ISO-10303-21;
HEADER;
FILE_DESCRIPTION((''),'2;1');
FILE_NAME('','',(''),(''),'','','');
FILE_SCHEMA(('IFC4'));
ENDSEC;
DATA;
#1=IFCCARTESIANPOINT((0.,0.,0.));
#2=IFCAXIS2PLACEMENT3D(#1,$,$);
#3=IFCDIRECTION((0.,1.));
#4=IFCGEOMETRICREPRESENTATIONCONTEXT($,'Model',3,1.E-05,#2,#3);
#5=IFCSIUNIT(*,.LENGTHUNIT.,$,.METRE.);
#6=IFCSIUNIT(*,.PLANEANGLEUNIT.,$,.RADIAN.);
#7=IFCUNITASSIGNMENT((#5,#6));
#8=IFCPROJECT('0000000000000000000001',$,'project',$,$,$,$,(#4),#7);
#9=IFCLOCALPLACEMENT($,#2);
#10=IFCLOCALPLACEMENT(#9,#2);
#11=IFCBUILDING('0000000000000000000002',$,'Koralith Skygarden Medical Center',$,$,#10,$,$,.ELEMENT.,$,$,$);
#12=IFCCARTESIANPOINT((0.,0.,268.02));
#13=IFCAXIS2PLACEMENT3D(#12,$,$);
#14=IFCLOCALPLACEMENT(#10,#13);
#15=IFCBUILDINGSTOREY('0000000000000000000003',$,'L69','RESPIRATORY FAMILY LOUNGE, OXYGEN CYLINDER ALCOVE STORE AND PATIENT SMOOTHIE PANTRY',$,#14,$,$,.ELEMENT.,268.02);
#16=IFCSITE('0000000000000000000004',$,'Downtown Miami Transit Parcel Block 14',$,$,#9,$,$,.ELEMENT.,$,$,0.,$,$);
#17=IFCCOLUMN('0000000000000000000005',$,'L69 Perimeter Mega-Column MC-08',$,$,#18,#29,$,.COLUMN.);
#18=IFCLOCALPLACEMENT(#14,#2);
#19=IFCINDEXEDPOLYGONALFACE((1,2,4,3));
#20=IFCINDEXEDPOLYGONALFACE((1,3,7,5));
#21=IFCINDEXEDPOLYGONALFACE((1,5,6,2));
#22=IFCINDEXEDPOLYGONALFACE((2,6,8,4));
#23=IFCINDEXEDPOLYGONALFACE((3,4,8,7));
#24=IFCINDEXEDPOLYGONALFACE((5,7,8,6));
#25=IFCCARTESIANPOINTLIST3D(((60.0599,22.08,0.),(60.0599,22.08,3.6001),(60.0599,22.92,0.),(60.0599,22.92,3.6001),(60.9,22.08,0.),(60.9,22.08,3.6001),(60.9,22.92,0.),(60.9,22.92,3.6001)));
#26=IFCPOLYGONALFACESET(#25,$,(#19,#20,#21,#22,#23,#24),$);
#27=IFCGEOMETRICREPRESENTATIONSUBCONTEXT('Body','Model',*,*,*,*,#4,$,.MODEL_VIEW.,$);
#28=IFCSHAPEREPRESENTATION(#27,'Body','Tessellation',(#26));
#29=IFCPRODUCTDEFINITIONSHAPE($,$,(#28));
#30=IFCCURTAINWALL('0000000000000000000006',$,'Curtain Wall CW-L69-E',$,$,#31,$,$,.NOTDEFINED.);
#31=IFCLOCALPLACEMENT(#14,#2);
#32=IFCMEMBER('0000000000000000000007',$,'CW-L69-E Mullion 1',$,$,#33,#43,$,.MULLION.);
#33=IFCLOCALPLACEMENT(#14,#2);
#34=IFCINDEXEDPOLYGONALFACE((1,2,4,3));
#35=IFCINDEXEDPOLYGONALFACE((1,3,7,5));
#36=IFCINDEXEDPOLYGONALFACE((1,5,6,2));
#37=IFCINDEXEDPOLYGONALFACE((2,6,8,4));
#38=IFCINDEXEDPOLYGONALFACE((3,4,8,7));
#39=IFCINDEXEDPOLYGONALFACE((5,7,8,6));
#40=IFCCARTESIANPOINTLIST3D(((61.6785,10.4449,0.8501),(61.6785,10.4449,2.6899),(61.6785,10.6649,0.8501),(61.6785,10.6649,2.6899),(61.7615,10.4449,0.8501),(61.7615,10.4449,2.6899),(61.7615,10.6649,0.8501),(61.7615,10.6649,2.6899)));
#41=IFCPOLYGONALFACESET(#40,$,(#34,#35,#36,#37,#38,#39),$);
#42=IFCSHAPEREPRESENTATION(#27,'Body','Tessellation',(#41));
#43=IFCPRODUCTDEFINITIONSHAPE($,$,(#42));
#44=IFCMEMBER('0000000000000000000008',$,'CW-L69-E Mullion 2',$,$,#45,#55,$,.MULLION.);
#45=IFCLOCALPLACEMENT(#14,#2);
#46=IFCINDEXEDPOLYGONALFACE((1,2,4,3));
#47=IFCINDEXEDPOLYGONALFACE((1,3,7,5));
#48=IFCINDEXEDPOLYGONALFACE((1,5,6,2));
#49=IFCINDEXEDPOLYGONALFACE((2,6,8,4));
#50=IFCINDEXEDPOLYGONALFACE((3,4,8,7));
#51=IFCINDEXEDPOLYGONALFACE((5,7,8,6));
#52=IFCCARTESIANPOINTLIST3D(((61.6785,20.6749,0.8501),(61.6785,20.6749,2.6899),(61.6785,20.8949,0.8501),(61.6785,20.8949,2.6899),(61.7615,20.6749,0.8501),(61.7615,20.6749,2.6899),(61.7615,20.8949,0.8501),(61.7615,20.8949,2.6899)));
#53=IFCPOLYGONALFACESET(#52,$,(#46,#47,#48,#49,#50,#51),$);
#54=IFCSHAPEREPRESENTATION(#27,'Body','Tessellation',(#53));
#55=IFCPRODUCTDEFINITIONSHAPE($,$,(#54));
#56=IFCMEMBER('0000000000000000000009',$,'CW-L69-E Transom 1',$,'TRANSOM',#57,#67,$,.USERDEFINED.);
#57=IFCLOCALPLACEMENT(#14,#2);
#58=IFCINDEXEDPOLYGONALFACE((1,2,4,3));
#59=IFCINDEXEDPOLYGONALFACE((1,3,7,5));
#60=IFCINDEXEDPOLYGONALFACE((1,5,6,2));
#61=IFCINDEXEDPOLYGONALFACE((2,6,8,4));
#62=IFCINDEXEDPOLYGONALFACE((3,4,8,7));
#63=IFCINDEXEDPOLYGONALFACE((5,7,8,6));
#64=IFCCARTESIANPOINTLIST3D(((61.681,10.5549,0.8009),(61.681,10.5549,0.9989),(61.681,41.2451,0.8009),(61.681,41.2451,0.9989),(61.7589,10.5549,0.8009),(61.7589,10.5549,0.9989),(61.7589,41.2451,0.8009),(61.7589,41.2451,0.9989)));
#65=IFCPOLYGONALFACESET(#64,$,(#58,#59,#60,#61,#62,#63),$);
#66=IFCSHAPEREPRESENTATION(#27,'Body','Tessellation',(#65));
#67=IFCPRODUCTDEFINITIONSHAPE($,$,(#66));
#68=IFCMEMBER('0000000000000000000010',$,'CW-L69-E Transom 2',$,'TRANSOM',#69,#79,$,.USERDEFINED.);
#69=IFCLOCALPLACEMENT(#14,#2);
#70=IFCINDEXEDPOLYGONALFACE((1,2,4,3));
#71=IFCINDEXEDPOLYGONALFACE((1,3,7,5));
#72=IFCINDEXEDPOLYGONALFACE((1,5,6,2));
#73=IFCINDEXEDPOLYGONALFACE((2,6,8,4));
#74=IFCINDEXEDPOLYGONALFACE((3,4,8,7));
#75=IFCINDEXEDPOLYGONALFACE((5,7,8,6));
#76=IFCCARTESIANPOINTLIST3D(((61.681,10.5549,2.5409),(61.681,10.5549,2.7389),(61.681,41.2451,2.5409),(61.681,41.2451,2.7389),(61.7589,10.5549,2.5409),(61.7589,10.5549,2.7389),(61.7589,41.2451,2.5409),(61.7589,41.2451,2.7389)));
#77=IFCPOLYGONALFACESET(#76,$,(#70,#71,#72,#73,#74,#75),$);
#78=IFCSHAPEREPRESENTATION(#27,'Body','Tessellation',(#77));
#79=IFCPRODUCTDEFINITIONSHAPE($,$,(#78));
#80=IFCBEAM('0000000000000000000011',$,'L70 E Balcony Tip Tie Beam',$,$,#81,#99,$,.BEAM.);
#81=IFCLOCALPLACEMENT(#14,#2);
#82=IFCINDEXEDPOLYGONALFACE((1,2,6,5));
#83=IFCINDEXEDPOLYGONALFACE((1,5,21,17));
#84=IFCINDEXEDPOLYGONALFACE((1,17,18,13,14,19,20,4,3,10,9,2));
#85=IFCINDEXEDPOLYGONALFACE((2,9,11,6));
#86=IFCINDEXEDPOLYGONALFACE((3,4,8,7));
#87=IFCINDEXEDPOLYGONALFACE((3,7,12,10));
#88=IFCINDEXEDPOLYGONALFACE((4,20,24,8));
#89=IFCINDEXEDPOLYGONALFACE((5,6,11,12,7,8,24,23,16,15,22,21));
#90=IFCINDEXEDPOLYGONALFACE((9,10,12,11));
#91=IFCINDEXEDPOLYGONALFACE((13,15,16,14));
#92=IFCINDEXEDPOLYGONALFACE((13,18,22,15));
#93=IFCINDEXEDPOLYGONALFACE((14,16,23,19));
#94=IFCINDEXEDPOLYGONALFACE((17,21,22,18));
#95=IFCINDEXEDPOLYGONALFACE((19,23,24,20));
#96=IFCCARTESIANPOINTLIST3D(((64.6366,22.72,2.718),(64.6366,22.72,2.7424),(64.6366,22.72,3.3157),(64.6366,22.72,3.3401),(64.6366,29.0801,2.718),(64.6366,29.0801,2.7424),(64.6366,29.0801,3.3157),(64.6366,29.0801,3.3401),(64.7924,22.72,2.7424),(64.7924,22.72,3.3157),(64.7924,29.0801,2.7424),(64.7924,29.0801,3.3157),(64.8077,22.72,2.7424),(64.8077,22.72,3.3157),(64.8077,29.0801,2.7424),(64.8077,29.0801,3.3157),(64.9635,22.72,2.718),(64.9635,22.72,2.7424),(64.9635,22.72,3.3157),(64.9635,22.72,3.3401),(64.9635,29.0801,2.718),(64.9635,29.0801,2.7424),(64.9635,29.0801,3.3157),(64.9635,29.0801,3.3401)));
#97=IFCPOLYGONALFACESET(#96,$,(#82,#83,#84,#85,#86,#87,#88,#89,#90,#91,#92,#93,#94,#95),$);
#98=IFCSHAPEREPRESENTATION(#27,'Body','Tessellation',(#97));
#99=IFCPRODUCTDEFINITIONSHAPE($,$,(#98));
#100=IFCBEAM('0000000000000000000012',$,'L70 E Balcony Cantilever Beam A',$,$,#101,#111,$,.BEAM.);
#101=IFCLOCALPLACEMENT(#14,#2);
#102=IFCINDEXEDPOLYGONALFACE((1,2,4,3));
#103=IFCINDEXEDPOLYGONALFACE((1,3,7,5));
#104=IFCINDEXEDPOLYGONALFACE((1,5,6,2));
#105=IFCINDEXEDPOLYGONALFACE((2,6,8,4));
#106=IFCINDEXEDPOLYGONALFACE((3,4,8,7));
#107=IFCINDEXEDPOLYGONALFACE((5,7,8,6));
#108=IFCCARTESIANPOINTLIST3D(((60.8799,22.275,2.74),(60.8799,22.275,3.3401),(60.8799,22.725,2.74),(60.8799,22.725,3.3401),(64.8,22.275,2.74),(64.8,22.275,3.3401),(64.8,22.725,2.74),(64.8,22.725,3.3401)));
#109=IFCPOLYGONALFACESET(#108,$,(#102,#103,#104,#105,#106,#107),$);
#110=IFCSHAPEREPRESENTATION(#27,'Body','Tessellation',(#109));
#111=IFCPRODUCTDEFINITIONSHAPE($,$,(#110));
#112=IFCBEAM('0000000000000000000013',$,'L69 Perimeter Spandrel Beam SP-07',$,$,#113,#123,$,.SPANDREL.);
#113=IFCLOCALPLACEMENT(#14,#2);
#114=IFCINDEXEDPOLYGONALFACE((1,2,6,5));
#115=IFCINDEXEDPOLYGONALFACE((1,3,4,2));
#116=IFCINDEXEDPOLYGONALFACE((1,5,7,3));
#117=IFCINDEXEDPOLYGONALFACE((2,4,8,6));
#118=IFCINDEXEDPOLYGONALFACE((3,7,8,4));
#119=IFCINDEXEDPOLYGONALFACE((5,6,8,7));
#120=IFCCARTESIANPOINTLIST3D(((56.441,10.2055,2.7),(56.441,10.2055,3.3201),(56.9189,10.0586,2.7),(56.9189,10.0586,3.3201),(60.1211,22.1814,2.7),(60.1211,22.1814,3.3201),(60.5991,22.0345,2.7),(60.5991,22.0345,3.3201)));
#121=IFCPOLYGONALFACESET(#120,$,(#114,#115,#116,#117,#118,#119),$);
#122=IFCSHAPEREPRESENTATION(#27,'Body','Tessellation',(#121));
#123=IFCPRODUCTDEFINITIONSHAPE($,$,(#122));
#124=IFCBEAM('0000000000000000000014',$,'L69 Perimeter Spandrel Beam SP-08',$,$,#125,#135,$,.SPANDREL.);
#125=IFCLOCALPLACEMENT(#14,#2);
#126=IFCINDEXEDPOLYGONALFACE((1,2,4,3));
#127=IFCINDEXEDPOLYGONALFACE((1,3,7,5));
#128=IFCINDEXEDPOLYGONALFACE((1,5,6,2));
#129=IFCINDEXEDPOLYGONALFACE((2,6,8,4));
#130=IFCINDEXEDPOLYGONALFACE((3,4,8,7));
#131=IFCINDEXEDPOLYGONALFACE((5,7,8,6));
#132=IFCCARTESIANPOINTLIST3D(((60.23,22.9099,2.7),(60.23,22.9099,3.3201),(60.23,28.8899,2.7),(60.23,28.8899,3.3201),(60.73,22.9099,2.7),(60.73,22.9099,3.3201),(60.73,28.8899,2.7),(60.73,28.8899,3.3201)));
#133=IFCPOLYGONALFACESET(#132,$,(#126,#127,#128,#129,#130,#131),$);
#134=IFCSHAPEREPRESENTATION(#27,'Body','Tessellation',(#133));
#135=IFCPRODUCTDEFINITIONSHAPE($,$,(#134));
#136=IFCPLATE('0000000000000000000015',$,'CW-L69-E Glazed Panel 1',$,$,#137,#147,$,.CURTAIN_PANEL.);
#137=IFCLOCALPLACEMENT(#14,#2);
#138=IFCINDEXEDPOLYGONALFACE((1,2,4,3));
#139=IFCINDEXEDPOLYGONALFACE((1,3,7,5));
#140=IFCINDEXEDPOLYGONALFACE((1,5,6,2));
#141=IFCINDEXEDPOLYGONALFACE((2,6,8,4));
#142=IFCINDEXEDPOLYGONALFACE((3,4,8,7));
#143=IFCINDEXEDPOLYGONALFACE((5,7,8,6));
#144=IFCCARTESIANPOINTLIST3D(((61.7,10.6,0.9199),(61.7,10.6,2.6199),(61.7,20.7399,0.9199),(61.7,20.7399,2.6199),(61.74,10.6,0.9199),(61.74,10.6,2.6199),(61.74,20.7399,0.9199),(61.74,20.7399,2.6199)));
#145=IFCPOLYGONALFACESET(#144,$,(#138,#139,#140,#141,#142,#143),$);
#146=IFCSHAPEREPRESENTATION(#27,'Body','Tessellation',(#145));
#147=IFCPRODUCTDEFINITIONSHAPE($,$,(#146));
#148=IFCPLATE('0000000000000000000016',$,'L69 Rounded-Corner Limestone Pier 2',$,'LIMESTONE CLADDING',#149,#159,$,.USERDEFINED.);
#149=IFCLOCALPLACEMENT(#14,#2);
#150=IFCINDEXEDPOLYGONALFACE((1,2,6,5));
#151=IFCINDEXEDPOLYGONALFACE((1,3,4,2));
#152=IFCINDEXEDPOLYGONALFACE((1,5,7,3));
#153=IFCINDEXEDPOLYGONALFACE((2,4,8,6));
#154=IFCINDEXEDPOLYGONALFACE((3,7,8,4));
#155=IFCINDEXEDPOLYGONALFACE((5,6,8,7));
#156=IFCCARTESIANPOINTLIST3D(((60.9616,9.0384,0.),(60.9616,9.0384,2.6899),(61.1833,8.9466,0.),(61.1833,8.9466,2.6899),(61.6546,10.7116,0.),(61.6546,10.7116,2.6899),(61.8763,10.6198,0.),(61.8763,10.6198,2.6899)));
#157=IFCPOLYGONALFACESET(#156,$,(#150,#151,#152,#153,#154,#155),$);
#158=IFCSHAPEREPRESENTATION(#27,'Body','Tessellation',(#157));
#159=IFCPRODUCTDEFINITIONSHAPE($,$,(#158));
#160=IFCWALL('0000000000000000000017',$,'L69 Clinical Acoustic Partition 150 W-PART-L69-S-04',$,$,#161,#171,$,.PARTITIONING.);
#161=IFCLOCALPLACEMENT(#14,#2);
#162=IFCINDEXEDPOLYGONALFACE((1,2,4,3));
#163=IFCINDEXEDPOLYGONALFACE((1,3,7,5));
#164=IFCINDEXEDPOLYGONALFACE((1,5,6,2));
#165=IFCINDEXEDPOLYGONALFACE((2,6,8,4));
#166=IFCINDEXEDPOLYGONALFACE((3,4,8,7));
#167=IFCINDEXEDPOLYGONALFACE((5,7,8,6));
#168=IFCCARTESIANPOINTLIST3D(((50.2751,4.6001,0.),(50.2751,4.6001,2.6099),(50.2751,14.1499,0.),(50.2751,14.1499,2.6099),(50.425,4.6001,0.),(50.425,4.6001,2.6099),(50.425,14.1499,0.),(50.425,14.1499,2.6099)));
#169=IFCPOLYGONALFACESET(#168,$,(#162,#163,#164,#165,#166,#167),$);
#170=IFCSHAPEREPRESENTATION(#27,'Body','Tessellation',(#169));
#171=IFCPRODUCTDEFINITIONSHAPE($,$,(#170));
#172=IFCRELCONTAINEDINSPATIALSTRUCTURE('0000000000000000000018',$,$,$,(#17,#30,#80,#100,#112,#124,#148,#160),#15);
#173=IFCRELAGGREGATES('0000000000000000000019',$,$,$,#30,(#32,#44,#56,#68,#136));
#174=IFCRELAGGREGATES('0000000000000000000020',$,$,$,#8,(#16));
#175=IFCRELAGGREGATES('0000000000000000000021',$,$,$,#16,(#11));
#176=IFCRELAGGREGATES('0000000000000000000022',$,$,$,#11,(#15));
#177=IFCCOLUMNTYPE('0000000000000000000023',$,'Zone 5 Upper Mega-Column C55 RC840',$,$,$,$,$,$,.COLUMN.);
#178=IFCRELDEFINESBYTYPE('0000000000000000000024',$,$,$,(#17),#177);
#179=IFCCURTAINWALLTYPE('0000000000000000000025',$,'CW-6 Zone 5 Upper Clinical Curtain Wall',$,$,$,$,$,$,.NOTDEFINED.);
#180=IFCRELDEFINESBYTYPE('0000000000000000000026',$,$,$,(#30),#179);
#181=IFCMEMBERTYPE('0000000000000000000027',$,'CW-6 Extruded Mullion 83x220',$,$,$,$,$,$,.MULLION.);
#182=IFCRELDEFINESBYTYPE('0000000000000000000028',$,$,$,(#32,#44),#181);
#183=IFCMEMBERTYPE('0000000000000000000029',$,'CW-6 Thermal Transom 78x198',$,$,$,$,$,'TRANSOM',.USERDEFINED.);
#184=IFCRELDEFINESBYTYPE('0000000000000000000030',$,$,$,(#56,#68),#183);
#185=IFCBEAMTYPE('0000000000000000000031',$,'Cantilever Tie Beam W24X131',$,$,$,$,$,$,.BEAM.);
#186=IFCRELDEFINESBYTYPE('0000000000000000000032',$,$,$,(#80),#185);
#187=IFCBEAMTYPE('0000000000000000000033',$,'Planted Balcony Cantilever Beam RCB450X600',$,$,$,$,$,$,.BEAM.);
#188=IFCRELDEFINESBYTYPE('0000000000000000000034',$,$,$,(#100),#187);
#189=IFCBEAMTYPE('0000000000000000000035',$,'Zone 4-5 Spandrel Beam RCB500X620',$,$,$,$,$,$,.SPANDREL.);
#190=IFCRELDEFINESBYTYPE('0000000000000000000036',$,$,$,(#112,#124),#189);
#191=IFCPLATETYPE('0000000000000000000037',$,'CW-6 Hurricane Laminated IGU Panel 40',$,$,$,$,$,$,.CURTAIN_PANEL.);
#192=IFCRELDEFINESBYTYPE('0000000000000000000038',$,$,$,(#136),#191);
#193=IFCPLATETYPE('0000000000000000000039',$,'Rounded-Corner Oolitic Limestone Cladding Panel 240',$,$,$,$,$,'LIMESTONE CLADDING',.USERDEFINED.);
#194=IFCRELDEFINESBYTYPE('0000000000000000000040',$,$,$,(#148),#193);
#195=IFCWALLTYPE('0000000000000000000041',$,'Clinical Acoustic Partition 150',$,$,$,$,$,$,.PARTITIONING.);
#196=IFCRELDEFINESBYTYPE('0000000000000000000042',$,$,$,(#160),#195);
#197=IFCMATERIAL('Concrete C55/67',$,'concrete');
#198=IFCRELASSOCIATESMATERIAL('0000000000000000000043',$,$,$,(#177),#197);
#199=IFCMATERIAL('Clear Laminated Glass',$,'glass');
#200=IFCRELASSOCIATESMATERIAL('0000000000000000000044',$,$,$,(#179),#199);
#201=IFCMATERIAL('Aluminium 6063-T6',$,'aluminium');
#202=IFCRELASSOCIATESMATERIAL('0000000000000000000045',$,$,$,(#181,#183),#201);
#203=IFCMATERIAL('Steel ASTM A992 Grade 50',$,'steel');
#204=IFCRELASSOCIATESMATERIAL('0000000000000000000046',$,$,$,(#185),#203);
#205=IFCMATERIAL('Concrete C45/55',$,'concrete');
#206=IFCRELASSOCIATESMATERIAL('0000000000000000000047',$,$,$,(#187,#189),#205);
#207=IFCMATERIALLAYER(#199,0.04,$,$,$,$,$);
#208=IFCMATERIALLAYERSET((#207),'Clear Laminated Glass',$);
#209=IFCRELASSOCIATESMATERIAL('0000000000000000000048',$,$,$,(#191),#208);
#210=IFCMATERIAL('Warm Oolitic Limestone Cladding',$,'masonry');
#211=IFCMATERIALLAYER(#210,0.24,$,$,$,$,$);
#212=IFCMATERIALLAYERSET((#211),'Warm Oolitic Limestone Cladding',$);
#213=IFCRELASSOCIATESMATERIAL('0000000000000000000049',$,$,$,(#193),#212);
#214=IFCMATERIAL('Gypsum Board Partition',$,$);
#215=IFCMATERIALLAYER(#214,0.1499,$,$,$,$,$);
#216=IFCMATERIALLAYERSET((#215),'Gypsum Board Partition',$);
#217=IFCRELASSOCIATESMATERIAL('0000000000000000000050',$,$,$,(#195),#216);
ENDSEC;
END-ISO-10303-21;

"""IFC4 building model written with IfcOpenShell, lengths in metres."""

from ifc_helpers import new_model, si_unit, direction, frame, frame_2d, origin, origin_2d, place, context, subcontext, project, spatial, rectangle, i_section, extrude, material, layer, layer_set, material_profile, profile_set, type_object, element, aggregate, save


model = new_model("IFC4")

# Units and contexts
model_context = context("Model", 3, precision=1e-05, world=origin(), true_north=direction((0.0, 1.0)))
body_context = subcontext(model_context, "Body", "Model", "MODEL_VIEW")
ifc_project = project(units=[si_unit("LENGTHUNIT", "METRE"), si_unit("PLANEANGLEUNIT", "RADIAN")], contexts=[model_context])

# Site, building, storey
site_placement = place(None, origin())
site = spatial("IfcSite", under=ifc_project, at=site_placement, Name="Downtown Miami Transit Parcel Block 14", CompositionType="ELEMENT", RefElevation=0.0)
building_placement = place(site_placement, origin())
building = spatial("IfcBuilding", under=site, at=building_placement, Name="Koralith Skygarden Medical Center", CompositionType="ELEMENT")
storey_placement = place(building_placement, frame((0.0, 0.0, 268.02)))
storey = spatial("IfcBuildingStorey", under=building, at=storey_placement, Name="L69", Description="RESPIRATORY FAMILY LOUNGE, OXYGEN CYLINDER ALCOVE STORE AND PATIENT SMOOTHIE PANTRY", CompositionType="ELEMENT", Elevation=268.02)

# Column
ifc_material_1 = material(Name="Concrete C55/67", Category="concrete")
ifc_material_profile_1 = material_profile(ifc_material_1, rectangle(XDim=0.8401, YDim=0.8401, at=origin_2d()), Name="RC840X840")
ifc_profile_set_1 = profile_set([ifc_material_profile_1], Name="Concrete C55/67")
column_type = type_object("IfcColumnType", Name="Zone 5 Upper Mega-Column C55 RC840", PredefinedType="COLUMN", material=ifc_profile_set_1)
column_placement = place(storey_placement, frame((60.48, 22.5, 0.0), z_axis=(0.0, 0.0, 1.0), x_axis=(1.0, 0.0, 0.0)))
element("IfcColumn", 1, at=column_placement, inside=storey, type_object=column_type, Name="L69 Perimeter Mega-Column MC-08", PredefinedType="COLUMN", context=body_context, shape_type="SweptSolid", body=[
    extrude(rectangle(XDim=0.8401, YDim=0.8401, at=origin_2d()), origin(), (0.0, 0.0, 1.0), 3.6001),
])

# Curtain wall, members
ifc_material_2 = material(Name="Clear Laminated Glass", Category="glass")
curtain_wall_type = type_object("IfcCurtainWallType", Name="CW-6 Zone 5 Upper Clinical Curtain Wall", PredefinedType="NOTDEFINED", material=ifc_material_2)
curtain_wall_placement = place(storey_placement, origin())
curtain_wall = element("IfcCurtainWall", 2, at=curtain_wall_placement, inside=storey, type_object=curtain_wall_type, Name="Curtain Wall CW-L69-E", PredefinedType="NOTDEFINED")
ifc_material_3 = material(Name="Aluminium 6063-T6", Category="aluminium")
ifc_material_profile_2 = material_profile(ifc_material_3, rectangle(XDim=0.083, YDim=0.22, at=origin_2d()), Name="MUL83X220")
ifc_profile_set_2 = profile_set([ifc_material_profile_2], Name="Aluminium 6063-T6")
member_type_1 = type_object("IfcMemberType", Name="CW-6 Extruded Mullion 83x220", PredefinedType="MULLION", material=ifc_profile_set_2)
member_1_placement = place(storey_placement, frame((61.72, 10.5549, 0.8501), z_axis=(0.0, 0.0, 1.0), x_axis=(1.0, 0.0, 0.0)))
member_1 = element("IfcMember", 3, at=member_1_placement, type_object=member_type_1, Name="CW-L69-E Mullion 1", PredefinedType="MULLION", context=body_context, shape_type="SweptSolid", body=[
    extrude(rectangle(XDim=0.083, YDim=0.22, at=origin_2d()), origin(), (0.0, 0.0, 1.0), 1.8398),
])
member_2_placement = place(storey_placement, frame((61.72, 20.7849, 0.8501), z_axis=(0.0, 0.0, 1.0), x_axis=(1.0, 0.0, 0.0)))
member_2 = element("IfcMember", 4, at=member_2_placement, type_object=member_type_1, Name="CW-L69-E Mullion 2", PredefinedType="MULLION", context=body_context, shape_type="SweptSolid", body=[
    extrude(rectangle(XDim=0.083, YDim=0.22, at=origin_2d()), origin(), (0.0, 0.0, 1.0), 1.8398),
])
ifc_material_profile_3 = material_profile(ifc_material_3, rectangle(XDim=0.0779, YDim=0.198, at=origin_2d()), Name="TRN78X198")
ifc_profile_set_3 = profile_set([ifc_material_profile_3], Name="Aluminium 6063-T6")
member_type_2 = type_object("IfcMemberType", Name="CW-6 Thermal Transom 78x198", ElementType="TRANSOM", PredefinedType="USERDEFINED", material=ifc_profile_set_3)
member_3_placement = place(storey_placement, frame((61.72, 10.5549, 0.8999), z_axis=(0.0, 1.0, 0.0), x_axis=(-1.0, 0.0, 0.0)))
member_3 = element("IfcMember", 5, at=member_3_placement, type_object=member_type_2, Name="CW-L69-E Transom 1", ObjectType="TRANSOM", PredefinedType="USERDEFINED", context=body_context, shape_type="SweptSolid", body=[
    extrude(rectangle(XDim=0.0779, YDim=0.198, at=origin_2d()), origin(), (0.0, 0.0, 1.0), 30.6902),
])
member_4_placement = place(storey_placement, frame((61.72, 10.5549, 2.6399), z_axis=(0.0, 1.0, 0.0), x_axis=(-1.0, 0.0, 0.0)))
member_4 = element("IfcMember", 6, at=member_4_placement, type_object=member_type_2, Name="CW-L69-E Transom 2", ObjectType="TRANSOM", PredefinedType="USERDEFINED", context=body_context, shape_type="SweptSolid", body=[
    extrude(rectangle(XDim=0.0779, YDim=0.198, at=origin_2d()), origin(), (0.0, 0.0, 1.0), 30.6902),
])

# Beams
ifc_material_4 = material(Name="Steel ASTM A992 Grade 50", Category="steel")
ifc_material_profile_4 = material_profile(ifc_material_4, i_section(OverallWidth=0.3269, OverallDepth=0.6221, WebThickness=0.0154, FlangeThickness=0.0244, at=origin_2d()), Name="W24X131")
ifc_profile_set_4 = profile_set([ifc_material_profile_4], Name="Steel ASTM A992 Grade 50")
beam_type_1 = type_object("IfcBeamType", Name="Cantilever Tie Beam W24X131", PredefinedType="BEAM", material=ifc_profile_set_4)
beam_1_placement = place(storey_placement, frame((64.8, 22.72, 3.0291), z_axis=(0.0, 1.0, 0.0), x_axis=(-1.0, 0.0, 0.0)))
element("IfcBeam", 7, at=beam_1_placement, inside=storey, type_object=beam_type_1, Name="L70 E Balcony Tip Tie Beam", PredefinedType="BEAM", context=body_context, shape_type="SweptSolid", body=[
    extrude(i_section(OverallWidth=0.3269, OverallDepth=0.6221, WebThickness=0.0154, FlangeThickness=0.0244, at=origin_2d()), origin(), (0.0, 0.0, 1.0), 6.3601),
])
ifc_material_5 = material(Name="Concrete C45/55", Category="concrete")
ifc_material_profile_5 = material_profile(ifc_material_5, rectangle(XDim=0.45, YDim=0.6001, at=origin_2d()), Name="RCB450X600")
ifc_profile_set_5 = profile_set([ifc_material_profile_5], Name="Concrete C45/55")
beam_type_2 = type_object("IfcBeamType", Name="Planted Balcony Cantilever Beam RCB450X600", PredefinedType="BEAM", material=ifc_profile_set_5)
beam_2_placement = place(storey_placement, frame((60.8799, 22.5, 3.04), z_axis=(1.0, 0.0, 0.0), x_axis=(0.0, 1.0, 0.0)))
element("IfcBeam", 8, at=beam_2_placement, inside=storey, type_object=beam_type_2, Name="L70 E Balcony Cantilever Beam A", PredefinedType="BEAM", context=body_context, shape_type="SweptSolid", body=[
    extrude(rectangle(XDim=0.45, YDim=0.6001, at=origin_2d()), origin(), (0.0, 0.0, 1.0), 3.9202),
])
ifc_material_profile_6 = material_profile(ifc_material_5, rectangle(XDim=0.5, YDim=0.6201, at=origin_2d()), Name="RCB500X620")
ifc_profile_set_6 = profile_set([ifc_material_profile_6], Name="Concrete C45/55")
beam_type_3 = type_object("IfcBeamType", Name="Zone 4-5 Spandrel Beam RCB500X620", PredefinedType="SPANDREL", material=ifc_profile_set_6)
beam_3_placement = place(storey_placement, frame((56.6799, 10.1321, 3.01), z_axis=(0.293743, 0.955884, 0.0), x_axis=(-0.955884, 0.293743, 0.0)))
element("IfcBeam", 9, at=beam_3_placement, inside=storey, type_object=beam_type_3, Name="L69 Perimeter Spandrel Beam SP-07", PredefinedType="SPANDREL", context=body_context, shape_type="SweptSolid", body=[
    extrude(rectangle(XDim=0.5, YDim=0.6201, at=origin_2d()), origin(), (0.0, 0.0, 1.0), 12.5286),
])
beam_4_placement = place(storey_placement, frame((60.48, 22.9099, 3.01), z_axis=(0.0, 1.0, 0.0), x_axis=(-1.0, 0.0, 0.0)))
element("IfcBeam", 10, at=beam_4_placement, inside=storey, type_object=beam_type_3, Name="L69 Perimeter Spandrel Beam SP-08", PredefinedType="SPANDREL", context=body_context, shape_type="SweptSolid", body=[
    extrude(rectangle(XDim=0.5, YDim=0.6201, at=origin_2d()), origin(), (0.0, 0.0, 1.0), 5.98),
])

# Plates
ifc_layer_1 = layer(ifc_material_2, 0.04)
ifc_layer_set_1 = layer_set([ifc_layer_1], Name="Clear Laminated Glass")
plate_type_1 = type_object("IfcPlateType", Name="CW-6 Hurricane Laminated IGU Panel 40", PredefinedType="CURTAIN_PANEL", material=ifc_layer_set_1)
plate_1_placement = place(storey_placement, frame((61.72, 15.6699, 0.9199), z_axis=(0.0, 0.0, 1.0), x_axis=(0.0, 1.0, 0.0)))
plate_1 = element("IfcPlate", 11, at=plate_1_placement, type_object=plate_type_1, Name="CW-L69-E Glazed Panel 1", PredefinedType="CURTAIN_PANEL", context=body_context, shape_type="SweptSolid", body=[
    extrude(rectangle(XDim=10.1399, YDim=0.04, at=origin_2d()), origin(), (0.0, 0.0, 1.0), 1.7),
])
aggregate(curtain_wall, [member_1, member_2, member_3, member_4, plate_1])
ifc_material_6 = material(Name="Warm Oolitic Limestone Cladding", Category="masonry")
ifc_layer_2 = layer(ifc_material_6, 0.24)
ifc_layer_set_2 = layer_set([ifc_layer_2], Name="Warm Oolitic Limestone Cladding")
plate_type_2 = type_object("IfcPlateType", Name="Rounded-Corner Oolitic Limestone Cladding Panel 240", ElementType="LIMESTONE CLADDING", PredefinedType="USERDEFINED", material=ifc_layer_set_2)
plate_2_placement = place(storey_placement, frame((61.4189, 9.8291, 0.0), z_axis=(0.0, 0.0, 1.0), x_axis=(0.382671, 0.923885, 0.0)))
element("IfcPlate", 12, at=plate_2_placement, inside=storey, type_object=plate_type_2, Name="L69 Rounded-Corner Limestone Pier 2", ObjectType="LIMESTONE CLADDING", PredefinedType="USERDEFINED", context=body_context, shape_type="SweptSolid", body=[
    extrude(rectangle(XDim=1.811, YDim=0.24, at=origin_2d()), origin(), (0.0, 0.0, 1.0), 2.6899),
])

# Wall
ifc_material_7 = material(Name="Gypsum Board Partition")
ifc_layer_3 = layer(ifc_material_7, 0.1499)
ifc_layer_set_3 = layer_set([ifc_layer_3], Name="Gypsum Board Partition")
wall_type_1 = type_object("IfcWallType", Name="Clinical Acoustic Partition 150", PredefinedType="PARTITIONING", material=ifc_layer_set_3)
wall_1_placement = place(storey_placement, frame((50.3501, 14.1499, 0.0), z_axis=(0.0, 0.0, 1.0), x_axis=(0.0, -1.0, 0.0)))
element("IfcWall", 13, at=wall_1_placement, inside=storey, type_object=wall_type_1, Name="L69 Clinical Acoustic Partition 150 W-PART-L69-S-04", PredefinedType="PARTITIONING", context=body_context, shape_type="SweptSolid", body=[
    extrude(rectangle(XDim=9.5498, YDim=0.1499, at=frame_2d((4.7749, 0.0))), origin(), (0.0, 0.0, 1.0), 2.6099),
])

save(model, "model.ifc")
